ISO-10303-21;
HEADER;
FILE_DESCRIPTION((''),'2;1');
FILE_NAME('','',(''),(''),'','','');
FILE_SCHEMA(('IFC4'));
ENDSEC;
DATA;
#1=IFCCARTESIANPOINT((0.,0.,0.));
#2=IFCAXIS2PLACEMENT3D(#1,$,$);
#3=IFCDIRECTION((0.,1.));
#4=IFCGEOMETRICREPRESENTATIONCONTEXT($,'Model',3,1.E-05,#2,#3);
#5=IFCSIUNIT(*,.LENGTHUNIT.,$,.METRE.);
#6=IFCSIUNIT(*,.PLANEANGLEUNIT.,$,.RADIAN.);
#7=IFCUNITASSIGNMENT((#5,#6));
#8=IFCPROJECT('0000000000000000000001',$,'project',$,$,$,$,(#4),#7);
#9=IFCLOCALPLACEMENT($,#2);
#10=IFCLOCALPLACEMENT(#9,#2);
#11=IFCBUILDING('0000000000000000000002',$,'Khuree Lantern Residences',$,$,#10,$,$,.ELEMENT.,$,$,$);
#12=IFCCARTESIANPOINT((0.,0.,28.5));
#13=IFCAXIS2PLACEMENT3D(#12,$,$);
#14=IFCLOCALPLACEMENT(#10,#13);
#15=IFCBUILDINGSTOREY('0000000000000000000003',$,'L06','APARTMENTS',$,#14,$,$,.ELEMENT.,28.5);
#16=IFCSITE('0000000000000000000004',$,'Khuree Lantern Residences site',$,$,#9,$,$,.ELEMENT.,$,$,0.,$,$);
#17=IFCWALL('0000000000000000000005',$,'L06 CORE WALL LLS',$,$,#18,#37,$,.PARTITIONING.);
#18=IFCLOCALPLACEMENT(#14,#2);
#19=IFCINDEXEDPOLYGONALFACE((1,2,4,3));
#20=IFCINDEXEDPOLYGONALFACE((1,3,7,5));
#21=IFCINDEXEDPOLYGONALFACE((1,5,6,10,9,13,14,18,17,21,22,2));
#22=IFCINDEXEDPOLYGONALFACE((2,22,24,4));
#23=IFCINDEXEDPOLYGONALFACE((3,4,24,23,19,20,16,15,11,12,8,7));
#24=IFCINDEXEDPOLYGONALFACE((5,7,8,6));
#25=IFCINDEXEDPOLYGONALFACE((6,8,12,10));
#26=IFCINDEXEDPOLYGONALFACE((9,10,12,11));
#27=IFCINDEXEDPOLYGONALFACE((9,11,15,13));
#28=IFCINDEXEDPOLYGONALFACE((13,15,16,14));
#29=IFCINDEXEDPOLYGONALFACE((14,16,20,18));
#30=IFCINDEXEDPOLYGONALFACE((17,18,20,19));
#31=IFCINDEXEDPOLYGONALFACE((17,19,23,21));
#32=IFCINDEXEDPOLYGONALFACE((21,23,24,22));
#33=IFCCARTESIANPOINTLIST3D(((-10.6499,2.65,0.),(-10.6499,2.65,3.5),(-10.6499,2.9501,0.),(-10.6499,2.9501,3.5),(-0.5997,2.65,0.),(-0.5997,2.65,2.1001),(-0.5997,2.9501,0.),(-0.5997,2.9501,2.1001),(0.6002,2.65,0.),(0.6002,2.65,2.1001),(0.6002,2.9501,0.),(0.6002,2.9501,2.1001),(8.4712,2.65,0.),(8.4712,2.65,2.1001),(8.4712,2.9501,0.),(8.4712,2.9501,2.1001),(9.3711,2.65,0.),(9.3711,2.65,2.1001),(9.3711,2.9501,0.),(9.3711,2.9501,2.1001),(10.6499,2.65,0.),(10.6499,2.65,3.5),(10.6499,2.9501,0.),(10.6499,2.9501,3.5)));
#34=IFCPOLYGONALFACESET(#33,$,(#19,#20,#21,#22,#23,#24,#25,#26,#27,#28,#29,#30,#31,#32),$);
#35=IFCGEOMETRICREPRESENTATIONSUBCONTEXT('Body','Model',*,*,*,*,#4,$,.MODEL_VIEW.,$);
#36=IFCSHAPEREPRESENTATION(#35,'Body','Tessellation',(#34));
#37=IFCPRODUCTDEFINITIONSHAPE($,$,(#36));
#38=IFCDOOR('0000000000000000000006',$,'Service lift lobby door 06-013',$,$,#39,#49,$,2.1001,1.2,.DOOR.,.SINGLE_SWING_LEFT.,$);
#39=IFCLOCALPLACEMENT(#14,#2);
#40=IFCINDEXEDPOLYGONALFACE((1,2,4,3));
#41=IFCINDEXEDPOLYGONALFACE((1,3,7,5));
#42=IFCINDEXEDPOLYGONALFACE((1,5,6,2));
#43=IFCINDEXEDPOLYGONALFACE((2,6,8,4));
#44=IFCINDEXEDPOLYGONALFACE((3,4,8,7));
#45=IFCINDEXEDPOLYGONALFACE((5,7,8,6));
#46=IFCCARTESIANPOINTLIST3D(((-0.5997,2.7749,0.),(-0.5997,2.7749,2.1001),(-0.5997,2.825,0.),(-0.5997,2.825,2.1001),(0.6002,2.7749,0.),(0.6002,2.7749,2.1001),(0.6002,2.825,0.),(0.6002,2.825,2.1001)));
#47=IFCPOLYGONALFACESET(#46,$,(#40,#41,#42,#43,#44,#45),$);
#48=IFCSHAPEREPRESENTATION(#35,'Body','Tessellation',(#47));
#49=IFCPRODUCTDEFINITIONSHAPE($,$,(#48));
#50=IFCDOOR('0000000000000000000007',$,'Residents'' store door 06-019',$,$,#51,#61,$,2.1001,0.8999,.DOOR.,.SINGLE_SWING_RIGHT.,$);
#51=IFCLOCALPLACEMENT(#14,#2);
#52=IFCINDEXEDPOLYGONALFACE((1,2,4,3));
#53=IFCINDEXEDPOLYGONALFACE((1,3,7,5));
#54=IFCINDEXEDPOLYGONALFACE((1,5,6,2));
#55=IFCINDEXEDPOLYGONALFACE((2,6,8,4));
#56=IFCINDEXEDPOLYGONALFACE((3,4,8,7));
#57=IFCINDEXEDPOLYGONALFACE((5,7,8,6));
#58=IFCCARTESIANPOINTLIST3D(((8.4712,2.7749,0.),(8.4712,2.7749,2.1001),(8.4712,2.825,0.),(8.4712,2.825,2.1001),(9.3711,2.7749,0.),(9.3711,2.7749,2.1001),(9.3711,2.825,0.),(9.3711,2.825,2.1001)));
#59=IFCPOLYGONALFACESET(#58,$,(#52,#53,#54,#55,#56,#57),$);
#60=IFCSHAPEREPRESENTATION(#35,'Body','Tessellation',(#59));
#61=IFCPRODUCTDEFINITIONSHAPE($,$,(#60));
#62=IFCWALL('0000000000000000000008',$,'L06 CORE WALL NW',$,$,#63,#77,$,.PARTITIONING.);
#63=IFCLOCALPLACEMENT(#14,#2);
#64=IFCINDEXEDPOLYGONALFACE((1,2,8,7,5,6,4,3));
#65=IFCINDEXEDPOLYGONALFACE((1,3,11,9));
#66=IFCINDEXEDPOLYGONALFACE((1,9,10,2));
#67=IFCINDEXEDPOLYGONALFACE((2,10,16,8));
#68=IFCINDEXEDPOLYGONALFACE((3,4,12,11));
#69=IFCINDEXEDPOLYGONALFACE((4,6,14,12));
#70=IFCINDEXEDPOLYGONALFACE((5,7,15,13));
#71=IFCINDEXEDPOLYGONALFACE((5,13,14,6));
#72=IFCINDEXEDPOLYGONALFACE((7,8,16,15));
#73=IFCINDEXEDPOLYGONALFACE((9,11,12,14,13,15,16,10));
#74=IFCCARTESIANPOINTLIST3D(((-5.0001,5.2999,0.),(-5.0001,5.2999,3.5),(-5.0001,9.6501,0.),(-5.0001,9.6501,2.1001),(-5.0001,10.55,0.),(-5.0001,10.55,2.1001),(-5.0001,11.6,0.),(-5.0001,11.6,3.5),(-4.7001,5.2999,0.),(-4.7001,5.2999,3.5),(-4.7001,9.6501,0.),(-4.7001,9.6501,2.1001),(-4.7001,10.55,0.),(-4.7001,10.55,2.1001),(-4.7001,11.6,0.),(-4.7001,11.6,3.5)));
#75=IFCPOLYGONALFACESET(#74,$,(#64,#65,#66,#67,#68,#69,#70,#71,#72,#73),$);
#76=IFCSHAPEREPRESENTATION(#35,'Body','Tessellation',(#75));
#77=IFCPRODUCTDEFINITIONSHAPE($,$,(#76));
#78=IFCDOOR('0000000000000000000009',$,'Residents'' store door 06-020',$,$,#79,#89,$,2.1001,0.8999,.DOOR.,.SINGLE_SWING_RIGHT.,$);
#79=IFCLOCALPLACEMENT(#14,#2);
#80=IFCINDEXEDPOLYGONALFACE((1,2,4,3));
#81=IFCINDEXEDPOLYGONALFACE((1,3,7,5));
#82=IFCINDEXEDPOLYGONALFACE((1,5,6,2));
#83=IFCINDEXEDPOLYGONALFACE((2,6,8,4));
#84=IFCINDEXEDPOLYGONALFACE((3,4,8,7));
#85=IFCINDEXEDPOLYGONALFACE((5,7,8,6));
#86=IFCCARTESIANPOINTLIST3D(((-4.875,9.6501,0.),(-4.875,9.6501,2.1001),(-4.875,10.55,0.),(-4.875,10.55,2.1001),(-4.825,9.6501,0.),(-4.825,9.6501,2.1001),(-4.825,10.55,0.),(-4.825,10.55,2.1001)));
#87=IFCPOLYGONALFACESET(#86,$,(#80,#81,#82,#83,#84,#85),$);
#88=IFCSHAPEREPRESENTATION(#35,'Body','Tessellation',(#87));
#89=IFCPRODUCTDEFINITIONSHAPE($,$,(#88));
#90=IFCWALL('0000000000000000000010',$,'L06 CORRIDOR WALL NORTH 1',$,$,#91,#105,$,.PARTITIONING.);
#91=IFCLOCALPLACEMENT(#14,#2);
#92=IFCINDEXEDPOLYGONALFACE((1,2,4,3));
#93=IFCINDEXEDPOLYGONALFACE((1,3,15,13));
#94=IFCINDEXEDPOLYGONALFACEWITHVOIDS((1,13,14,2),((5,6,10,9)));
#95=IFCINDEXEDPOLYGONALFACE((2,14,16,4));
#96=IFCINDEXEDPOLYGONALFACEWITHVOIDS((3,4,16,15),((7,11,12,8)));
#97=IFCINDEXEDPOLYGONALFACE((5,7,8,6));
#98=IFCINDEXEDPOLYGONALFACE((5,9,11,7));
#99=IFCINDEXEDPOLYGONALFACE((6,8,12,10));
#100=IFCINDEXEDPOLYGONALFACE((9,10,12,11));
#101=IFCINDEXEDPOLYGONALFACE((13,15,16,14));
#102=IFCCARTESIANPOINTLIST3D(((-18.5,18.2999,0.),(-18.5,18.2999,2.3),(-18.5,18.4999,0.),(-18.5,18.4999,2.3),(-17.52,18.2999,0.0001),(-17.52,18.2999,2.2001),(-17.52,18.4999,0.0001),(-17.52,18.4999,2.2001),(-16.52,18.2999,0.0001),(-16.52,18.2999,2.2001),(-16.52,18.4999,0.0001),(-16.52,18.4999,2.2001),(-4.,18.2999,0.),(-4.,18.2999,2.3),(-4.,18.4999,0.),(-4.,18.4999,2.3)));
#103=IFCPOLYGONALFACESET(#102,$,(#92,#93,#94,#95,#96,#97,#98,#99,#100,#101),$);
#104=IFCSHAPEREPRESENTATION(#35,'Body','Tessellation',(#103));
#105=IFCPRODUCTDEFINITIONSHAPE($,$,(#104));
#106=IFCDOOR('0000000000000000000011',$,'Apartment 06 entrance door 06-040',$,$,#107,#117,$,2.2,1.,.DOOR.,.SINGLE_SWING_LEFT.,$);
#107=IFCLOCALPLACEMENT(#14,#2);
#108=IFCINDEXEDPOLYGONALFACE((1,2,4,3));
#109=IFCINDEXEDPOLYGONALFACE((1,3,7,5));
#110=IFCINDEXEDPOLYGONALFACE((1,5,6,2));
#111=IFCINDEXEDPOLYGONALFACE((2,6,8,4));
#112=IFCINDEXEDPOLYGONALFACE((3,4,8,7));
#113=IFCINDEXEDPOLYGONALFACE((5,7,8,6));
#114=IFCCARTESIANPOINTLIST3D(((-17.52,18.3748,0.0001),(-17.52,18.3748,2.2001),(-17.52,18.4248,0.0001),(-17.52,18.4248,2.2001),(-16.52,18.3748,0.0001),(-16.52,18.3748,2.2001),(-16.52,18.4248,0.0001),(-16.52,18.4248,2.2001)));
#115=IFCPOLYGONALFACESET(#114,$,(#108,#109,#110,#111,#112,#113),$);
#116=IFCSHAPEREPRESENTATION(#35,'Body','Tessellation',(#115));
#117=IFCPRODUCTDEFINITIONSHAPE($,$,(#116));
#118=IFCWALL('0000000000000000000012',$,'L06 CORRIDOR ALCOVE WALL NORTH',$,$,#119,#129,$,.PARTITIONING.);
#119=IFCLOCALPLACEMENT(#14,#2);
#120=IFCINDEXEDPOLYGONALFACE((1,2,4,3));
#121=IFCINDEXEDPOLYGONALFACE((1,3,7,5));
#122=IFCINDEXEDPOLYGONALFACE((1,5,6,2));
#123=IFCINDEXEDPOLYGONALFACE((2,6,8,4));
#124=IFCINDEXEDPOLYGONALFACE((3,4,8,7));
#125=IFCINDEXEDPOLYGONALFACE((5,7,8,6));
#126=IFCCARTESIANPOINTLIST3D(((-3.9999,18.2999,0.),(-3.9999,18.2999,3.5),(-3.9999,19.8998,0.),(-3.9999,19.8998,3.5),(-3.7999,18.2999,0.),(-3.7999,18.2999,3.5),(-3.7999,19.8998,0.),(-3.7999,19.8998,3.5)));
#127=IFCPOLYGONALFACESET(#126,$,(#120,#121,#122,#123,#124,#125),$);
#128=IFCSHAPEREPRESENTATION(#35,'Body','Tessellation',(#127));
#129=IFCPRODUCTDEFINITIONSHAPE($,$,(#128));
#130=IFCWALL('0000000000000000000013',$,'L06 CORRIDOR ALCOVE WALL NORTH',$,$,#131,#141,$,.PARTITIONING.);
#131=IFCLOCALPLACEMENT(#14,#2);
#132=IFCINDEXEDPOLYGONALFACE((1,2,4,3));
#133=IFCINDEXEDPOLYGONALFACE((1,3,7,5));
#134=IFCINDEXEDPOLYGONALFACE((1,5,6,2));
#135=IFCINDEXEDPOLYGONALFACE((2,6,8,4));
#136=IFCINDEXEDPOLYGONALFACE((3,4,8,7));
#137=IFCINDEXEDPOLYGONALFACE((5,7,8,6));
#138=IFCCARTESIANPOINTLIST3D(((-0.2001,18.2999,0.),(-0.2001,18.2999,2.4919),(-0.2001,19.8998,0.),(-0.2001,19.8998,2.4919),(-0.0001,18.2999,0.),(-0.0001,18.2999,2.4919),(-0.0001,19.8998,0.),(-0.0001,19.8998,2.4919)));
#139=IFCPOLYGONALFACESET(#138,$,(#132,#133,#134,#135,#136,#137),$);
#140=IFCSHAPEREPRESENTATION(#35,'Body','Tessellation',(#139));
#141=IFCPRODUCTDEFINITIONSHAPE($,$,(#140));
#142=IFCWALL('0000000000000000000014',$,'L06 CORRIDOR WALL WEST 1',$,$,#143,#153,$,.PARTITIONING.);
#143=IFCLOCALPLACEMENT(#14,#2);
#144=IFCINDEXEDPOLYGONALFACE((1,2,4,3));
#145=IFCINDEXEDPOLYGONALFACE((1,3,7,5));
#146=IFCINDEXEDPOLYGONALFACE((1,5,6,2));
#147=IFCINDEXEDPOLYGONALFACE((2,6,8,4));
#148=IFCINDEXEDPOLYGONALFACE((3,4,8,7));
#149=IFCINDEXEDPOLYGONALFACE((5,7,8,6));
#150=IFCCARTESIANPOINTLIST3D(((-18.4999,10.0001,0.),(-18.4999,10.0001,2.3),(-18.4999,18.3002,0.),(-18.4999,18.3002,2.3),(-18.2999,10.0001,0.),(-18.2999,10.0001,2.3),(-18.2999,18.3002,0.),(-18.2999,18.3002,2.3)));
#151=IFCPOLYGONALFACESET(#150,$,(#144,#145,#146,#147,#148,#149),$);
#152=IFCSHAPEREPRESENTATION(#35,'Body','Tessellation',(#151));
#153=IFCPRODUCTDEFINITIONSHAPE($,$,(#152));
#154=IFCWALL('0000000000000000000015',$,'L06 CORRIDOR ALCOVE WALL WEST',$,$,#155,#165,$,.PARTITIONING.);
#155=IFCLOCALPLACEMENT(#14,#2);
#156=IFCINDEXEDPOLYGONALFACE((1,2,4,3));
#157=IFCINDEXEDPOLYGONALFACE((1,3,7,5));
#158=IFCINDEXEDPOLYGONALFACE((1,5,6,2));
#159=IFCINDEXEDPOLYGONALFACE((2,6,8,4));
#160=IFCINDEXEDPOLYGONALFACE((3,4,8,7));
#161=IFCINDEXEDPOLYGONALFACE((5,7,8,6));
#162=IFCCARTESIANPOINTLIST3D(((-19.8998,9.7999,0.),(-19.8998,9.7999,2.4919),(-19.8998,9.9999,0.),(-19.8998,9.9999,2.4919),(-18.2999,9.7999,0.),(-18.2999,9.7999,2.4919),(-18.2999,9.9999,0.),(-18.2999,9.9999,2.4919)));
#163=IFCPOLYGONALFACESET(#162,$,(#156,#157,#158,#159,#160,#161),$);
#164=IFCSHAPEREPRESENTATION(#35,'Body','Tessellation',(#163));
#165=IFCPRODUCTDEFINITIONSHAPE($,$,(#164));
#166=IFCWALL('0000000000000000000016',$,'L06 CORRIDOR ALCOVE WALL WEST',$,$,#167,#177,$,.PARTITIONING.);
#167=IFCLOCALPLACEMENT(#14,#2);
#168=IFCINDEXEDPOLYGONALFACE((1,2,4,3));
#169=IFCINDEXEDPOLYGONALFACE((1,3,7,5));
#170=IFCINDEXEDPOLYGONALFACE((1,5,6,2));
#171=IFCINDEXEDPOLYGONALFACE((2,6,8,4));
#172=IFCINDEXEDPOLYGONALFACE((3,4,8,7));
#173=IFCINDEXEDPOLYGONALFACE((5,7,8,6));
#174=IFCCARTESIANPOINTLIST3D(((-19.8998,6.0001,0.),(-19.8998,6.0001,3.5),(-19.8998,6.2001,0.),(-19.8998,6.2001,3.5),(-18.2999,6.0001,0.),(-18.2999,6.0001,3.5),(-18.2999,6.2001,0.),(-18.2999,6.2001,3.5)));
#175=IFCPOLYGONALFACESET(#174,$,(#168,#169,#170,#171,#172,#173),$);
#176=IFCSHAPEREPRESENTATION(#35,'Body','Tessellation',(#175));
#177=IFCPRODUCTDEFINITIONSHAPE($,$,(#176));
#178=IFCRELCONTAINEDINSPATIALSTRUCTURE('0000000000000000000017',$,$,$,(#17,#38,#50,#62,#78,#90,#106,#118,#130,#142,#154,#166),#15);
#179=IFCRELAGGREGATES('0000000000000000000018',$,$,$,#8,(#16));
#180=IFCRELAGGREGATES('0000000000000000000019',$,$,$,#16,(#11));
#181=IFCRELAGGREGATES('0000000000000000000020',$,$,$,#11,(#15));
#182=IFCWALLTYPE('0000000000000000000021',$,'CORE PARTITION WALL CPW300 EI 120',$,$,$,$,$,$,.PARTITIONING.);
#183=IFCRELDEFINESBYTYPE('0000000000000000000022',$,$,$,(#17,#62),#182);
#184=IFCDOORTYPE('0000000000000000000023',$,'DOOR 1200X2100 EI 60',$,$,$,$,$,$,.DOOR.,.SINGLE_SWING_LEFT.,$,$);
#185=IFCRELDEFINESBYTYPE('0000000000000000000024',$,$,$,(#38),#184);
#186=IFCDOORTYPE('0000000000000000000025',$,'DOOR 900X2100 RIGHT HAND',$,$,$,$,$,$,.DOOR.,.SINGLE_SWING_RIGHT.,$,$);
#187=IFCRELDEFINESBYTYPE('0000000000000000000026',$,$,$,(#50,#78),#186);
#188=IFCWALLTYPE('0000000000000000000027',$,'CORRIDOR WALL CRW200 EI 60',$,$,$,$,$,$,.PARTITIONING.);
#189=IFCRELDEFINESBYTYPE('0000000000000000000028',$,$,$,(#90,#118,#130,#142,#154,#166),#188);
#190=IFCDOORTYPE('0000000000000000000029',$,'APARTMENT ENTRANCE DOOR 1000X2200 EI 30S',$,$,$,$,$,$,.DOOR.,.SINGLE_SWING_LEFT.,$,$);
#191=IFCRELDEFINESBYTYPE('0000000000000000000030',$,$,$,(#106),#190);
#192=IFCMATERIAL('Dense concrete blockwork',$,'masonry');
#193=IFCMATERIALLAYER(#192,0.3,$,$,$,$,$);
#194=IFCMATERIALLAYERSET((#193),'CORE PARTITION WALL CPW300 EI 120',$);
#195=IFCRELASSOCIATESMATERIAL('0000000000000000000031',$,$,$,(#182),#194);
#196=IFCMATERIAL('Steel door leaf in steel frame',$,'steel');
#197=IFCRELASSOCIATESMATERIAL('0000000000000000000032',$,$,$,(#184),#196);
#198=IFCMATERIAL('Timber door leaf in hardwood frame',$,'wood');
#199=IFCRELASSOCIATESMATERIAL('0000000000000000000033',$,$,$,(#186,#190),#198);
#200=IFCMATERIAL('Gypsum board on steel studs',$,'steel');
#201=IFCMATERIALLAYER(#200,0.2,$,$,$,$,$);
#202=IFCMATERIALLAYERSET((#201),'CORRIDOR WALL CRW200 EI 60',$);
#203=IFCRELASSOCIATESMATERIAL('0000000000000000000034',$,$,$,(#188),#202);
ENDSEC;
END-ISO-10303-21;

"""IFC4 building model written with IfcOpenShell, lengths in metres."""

from ifc_helpers import new_model, si_unit, direction, frame, frame_2d, origin, place, context, subcontext, project, spatial, rectangle, extrude, material, layer, layer_set, type_object, element, fill, save


model = new_model("IFC4")

# Units and contexts
model_context = context("Model", 3, precision=1e-05, world=origin(), true_north=direction((0.0, 1.0)))
body_context = subcontext(model_context, "Body", "Model", "MODEL_VIEW")
ifc_project = project(units=[si_unit("LENGTHUNIT", "METRE"), si_unit("PLANEANGLEUNIT", "RADIAN")], contexts=[model_context])

# Site, building, storey
site_placement = place(None, origin())
site = spatial("IfcSite", under=ifc_project, at=site_placement, Name="Khuree Lantern Residences site", CompositionType="ELEMENT", RefElevation=0.0)
building_placement = place(site_placement, origin())
building = spatial("IfcBuilding", under=site, at=building_placement, Name="Khuree Lantern Residences", CompositionType="ELEMENT")
storey_placement = place(building_placement, frame((0.0, 0.0, 28.5)))
storey = spatial("IfcBuildingStorey", under=building, at=storey_placement, Name="L06", Description="APARTMENTS", CompositionType="ELEMENT", Elevation=28.5)

# Shared definitions
ifc_material_1 = material(Name="Dense concrete blockwork", Category="masonry")
ifc_layer_1 = layer(ifc_material_1, 0.3)
ifc_layer_set_1 = layer_set([ifc_layer_1], Name="CORE PARTITION WALL CPW300 EI 120")
wall_type_1 = type_object("IfcWallType", Name="CORE PARTITION WALL CPW300 EI 120", PredefinedType="PARTITIONING", material=ifc_layer_set_1)

# Wall, openings, doors
wall_1_placement = place(storey_placement, frame((-10.6499, 2.8, 0.0), z_axis=(0.0, 0.0, 1.0), x_axis=(1.0, 0.0, 0.0)))
wall_1 = element("IfcWall", 1, at=wall_1_placement, inside=storey, type_object=wall_type_1, Name="L06 CORE WALL LLS", PredefinedType="PARTITIONING", context=body_context, shape_type="SweptSolid", body=[
    extrude(rectangle(XDim=21.2998, YDim=0.3, at=frame_2d((10.6499, 0.0))), origin(), (0.0, 0.0, 1.0), 3.5),
])
opening_1_placement = place(wall_1_placement, frame((10.05, 0.0, 0.0)))
opening_1 = element("IfcOpeningElement", 2, at=opening_1_placement, cuts=wall_1, PredefinedType="OPENING", context=body_context, shape_type="SweptSolid", body=[
    extrude(rectangle(XDim=1.2, YDim=2.1001, at=frame_2d((0.6001, 1.05))), frame((0.0, 0.1602, 0.0), z_axis=(0.0, -1.0, 0.0), x_axis=(1.0, 0.0, 0.0)), (0.0, 0.0, 1.0), 0.3201),
])
opening_2_placement = place(wall_1_placement, frame((19.1211, 0.0, 0.0)))
opening_2 = element("IfcOpeningElement", 3, at=opening_2_placement, cuts=wall_1, PredefinedType="OPENING", context=body_context, shape_type="SweptSolid", body=[
    extrude(rectangle(XDim=0.8999, YDim=2.1001, at=frame_2d((0.45, 1.05))), frame((0.0, 0.1602, 0.0), z_axis=(0.0, -1.0, 0.0), x_axis=(1.0, 0.0, 0.0)), (0.0, 0.0, 1.0), 0.3201),
])
ifc_material_2 = material(Name="Steel door leaf in steel frame", Category="steel")
door_type_1 = type_object("IfcDoorType", Name="DOOR 1200X2100 EI 60", OperationType="SINGLE_SWING_LEFT", PredefinedType="DOOR", material=ifc_material_2)
door_1_placement = place(opening_1_placement, origin())
door_1 = element("IfcDoor", 4, at=door_1_placement, inside=storey, type_object=door_type_1, Name="Service lift lobby door 06-013", OperationType="SINGLE_SWING_LEFT", OverallHeight=2.1001, OverallWidth=1.2, PredefinedType="DOOR", context=body_context, shape_type="SweptSolid", body=[
    extrude(rectangle(XDim=1.2, YDim=2.1001, at=frame_2d((0.6001, 1.05))), frame((0.0, 0.0249, 0.0), z_axis=(0.0, -1.0, 0.0), x_axis=(1.0, 0.0, 0.0)), (0.0, 0.0, 1.0), 0.05),
])
fill(opening_1, door_1)
ifc_material_3 = material(Name="Timber door leaf in hardwood frame", Category="wood")
door_type_2 = type_object("IfcDoorType", Name="DOOR 900X2100 RIGHT HAND", OperationType="SINGLE_SWING_RIGHT", PredefinedType="DOOR", material=ifc_material_3)
door_2_placement = place(opening_2_placement, origin())
door_2 = element("IfcDoor", 5, at=door_2_placement, inside=storey, type_object=door_type_2, Name="Residents' store door 06-019", OperationType="SINGLE_SWING_RIGHT", OverallHeight=2.1001, OverallWidth=0.8999, PredefinedType="DOOR", context=body_context, shape_type="SweptSolid", body=[
    extrude(rectangle(XDim=0.8999, YDim=2.1001, at=frame_2d((0.45, 1.05))), frame((0.0, 0.0249, 0.0), z_axis=(0.0, -1.0, 0.0), x_axis=(1.0, 0.0, 0.0)), (0.0, 0.0, 1.0), 0.05),
])
fill(opening_2, door_2)

# Walls, openings, doors
wall_2_placement = place(storey_placement, frame((-4.8501, 5.3, 0.0), z_axis=(0.0, 0.0, 1.0), x_axis=(0.0, 1.0, 0.0)))
wall_2 = element("IfcWall", 6, at=wall_2_placement, inside=storey, type_object=wall_type_1, Name="L06 CORE WALL NW", PredefinedType="PARTITIONING", context=body_context, shape_type="SweptSolid", body=[
    extrude(rectangle(XDim=6.3, YDim=0.3, at=frame_2d((3.1499, 0.0))), origin(), (0.0, 0.0, 1.0), 3.5),
])
opening_3_placement = place(wall_2_placement, frame((4.3501, 0.0, 0.0)))
opening_3 = element("IfcOpeningElement", 7, at=opening_3_placement, cuts=wall_2, PredefinedType="OPENING", context=body_context, shape_type="SweptSolid", body=[
    extrude(rectangle(XDim=0.8999, YDim=2.1001, at=frame_2d((0.45, 1.05))), frame((0.0, 0.1602, 0.0), z_axis=(0.0, -1.0, 0.0), x_axis=(1.0, 0.0, 0.0)), (0.0, 0.0, 1.0), 0.3201),
])
door_3_placement = place(opening_3_placement, origin())
door_3 = element("IfcDoor", 8, at=door_3_placement, inside=storey, type_object=door_type_2, Name="Residents' store door 06-020", OperationType="SINGLE_SWING_RIGHT", OverallHeight=2.1001, OverallWidth=0.8999, PredefinedType="DOOR", context=body_context, shape_type="SweptSolid", body=[
    extrude(rectangle(XDim=0.8999, YDim=2.1001, at=frame_2d((0.45, 1.05))), frame((0.0, 0.0249, 0.0), z_axis=(0.0, -1.0, 0.0), x_axis=(1.0, 0.0, 0.0)), (0.0, 0.0, 1.0), 0.05),
])
fill(opening_3, door_3)
ifc_material_4 = material(Name="Gypsum board on steel studs", Category="steel")
ifc_layer_2 = layer(ifc_material_4, 0.2)
ifc_layer_set_2 = layer_set([ifc_layer_2], Name="CORRIDOR WALL CRW200 EI 60")
wall_type_2 = type_object("IfcWallType", Name="CORRIDOR WALL CRW200 EI 60", PredefinedType="PARTITIONING", material=ifc_layer_set_2)
wall_3_placement = place(storey_placement, frame((-18.5, 18.3999, 0.0), z_axis=(0.0, 0.0, 1.0), x_axis=(1.0, 0.0, 0.0)))
wall_3 = element("IfcWall", 9, at=wall_3_placement, inside=storey, type_object=wall_type_2, Name="L06 CORRIDOR WALL NORTH 1", PredefinedType="PARTITIONING", context=body_context, shape_type="SweptSolid", body=[
    extrude(rectangle(XDim=14.5, YDim=0.2, at=frame_2d((7.25, 0.0))), origin(), (0.0, 0.0, 1.0), 2.3),
])
opening_4_placement = place(wall_3_placement, frame((0.98, 0.0, 0.0)))
opening_4 = element("IfcOpeningElement", 10, at=opening_4_placement, cuts=wall_3, PredefinedType="OPENING", context=body_context, shape_type="SweptSolid", body=[
    extrude(rectangle(XDim=1.0, YDim=2.2, at=frame_2d((0.5, 1.1001))), frame((0.0, 0.1099, 0.0), z_axis=(0.0, -1.0, 0.0), x_axis=(1.0, 0.0, 0.0)), (0.0, 0.0, 1.0), 0.22),
])
door_type_3 = type_object("IfcDoorType", Name="APARTMENT ENTRANCE DOOR 1000X2200 EI 30S", OperationType="SINGLE_SWING_LEFT", PredefinedType="DOOR", material=ifc_material_3)
door_4_placement = place(opening_4_placement, origin())
door_4 = element("IfcDoor", 11, at=door_4_placement, inside=storey, type_object=door_type_3, Name="Apartment 06 entrance door 06-040", OperationType="SINGLE_SWING_LEFT", OverallHeight=2.2, OverallWidth=1.0, PredefinedType="DOOR", context=body_context, shape_type="SweptSolid", body=[
    extrude(rectangle(XDim=1.0, YDim=2.2, at=frame_2d((0.5, 1.1001))), frame((0.0, 0.0249, 0.0), z_axis=(0.0, -1.0, 0.0), x_axis=(1.0, 0.0, 0.0)), (0.0, 0.0, 1.0), 0.05),
])
fill(opening_4, door_4)

# Walls
wall_4_placement = place(storey_placement, frame((-3.8999, 18.3, 0.0), z_axis=(0.0, 0.0, 1.0), x_axis=(0.0, 1.0, 0.0)))
element("IfcWall", 12, at=wall_4_placement, inside=storey, type_object=wall_type_2, Name="L06 CORRIDOR ALCOVE WALL NORTH", PredefinedType="PARTITIONING", context=body_context, shape_type="SweptSolid", body=[
    extrude(rectangle(XDim=1.5999, YDim=0.2, at=frame_2d((0.7998, 0.0))), origin(), (0.0, 0.0, 1.0), 3.5),
])
wall_5_placement = place(storey_placement, frame((-0.1001, 18.3, 0.0), z_axis=(0.0, 0.0, 1.0), x_axis=(0.0, 1.0, 0.0)))
element("IfcWall", 13, at=wall_5_placement, inside=storey, type_object=wall_type_2, Name="L06 CORRIDOR ALCOVE WALL NORTH", PredefinedType="PARTITIONING", context=body_context, shape_type="SweptSolid", body=[
    extrude(rectangle(XDim=1.5999, YDim=0.2, at=frame_2d((0.7998, 0.0))), origin(), (0.0, 0.0, 1.0), 2.4919),
])
wall_6_placement = place(storey_placement, frame((-18.3999, 18.3, 0.0), z_axis=(0.0, 0.0, 1.0), x_axis=(0.0, -1.0, 0.0)))
element("IfcWall", 14, at=wall_6_placement, inside=storey, type_object=wall_type_2, Name="L06 CORRIDOR WALL WEST 1", PredefinedType="PARTITIONING", context=body_context, shape_type="SweptSolid", body=[
    extrude(rectangle(XDim=8.3, YDim=0.2, at=frame_2d((4.1499, 0.0))), origin(), (0.0, 0.0, 1.0), 2.3),
])
wall_7_placement = place(storey_placement, frame((-18.3, 9.8999, 0.0), z_axis=(0.0, 0.0, 1.0), x_axis=(-1.0, 0.0, 0.0)))
element("IfcWall", 15, at=wall_7_placement, inside=storey, type_object=wall_type_2, Name="L06 CORRIDOR ALCOVE WALL WEST", PredefinedType="PARTITIONING", context=body_context, shape_type="SweptSolid", body=[
    extrude(rectangle(XDim=1.5999, YDim=0.2, at=frame_2d((0.7998, 0.0))), origin(), (0.0, 0.0, 1.0), 2.4919),
])
wall_8_placement = place(storey_placement, frame((-18.3, 6.1001, 0.0), z_axis=(0.0, 0.0, 1.0), x_axis=(-1.0, 0.0, 0.0)))
element("IfcWall", 16, at=wall_8_placement, inside=storey, type_object=wall_type_2, Name="L06 CORRIDOR ALCOVE WALL WEST", PredefinedType="PARTITIONING", context=body_context, shape_type="SweptSolid", body=[
    extrude(rectangle(XDim=1.5999, YDim=0.2, at=frame_2d((0.7998, 0.0))), origin(), (0.0, 0.0, 1.0), 3.5),
])

save(model, "model.ifc")
